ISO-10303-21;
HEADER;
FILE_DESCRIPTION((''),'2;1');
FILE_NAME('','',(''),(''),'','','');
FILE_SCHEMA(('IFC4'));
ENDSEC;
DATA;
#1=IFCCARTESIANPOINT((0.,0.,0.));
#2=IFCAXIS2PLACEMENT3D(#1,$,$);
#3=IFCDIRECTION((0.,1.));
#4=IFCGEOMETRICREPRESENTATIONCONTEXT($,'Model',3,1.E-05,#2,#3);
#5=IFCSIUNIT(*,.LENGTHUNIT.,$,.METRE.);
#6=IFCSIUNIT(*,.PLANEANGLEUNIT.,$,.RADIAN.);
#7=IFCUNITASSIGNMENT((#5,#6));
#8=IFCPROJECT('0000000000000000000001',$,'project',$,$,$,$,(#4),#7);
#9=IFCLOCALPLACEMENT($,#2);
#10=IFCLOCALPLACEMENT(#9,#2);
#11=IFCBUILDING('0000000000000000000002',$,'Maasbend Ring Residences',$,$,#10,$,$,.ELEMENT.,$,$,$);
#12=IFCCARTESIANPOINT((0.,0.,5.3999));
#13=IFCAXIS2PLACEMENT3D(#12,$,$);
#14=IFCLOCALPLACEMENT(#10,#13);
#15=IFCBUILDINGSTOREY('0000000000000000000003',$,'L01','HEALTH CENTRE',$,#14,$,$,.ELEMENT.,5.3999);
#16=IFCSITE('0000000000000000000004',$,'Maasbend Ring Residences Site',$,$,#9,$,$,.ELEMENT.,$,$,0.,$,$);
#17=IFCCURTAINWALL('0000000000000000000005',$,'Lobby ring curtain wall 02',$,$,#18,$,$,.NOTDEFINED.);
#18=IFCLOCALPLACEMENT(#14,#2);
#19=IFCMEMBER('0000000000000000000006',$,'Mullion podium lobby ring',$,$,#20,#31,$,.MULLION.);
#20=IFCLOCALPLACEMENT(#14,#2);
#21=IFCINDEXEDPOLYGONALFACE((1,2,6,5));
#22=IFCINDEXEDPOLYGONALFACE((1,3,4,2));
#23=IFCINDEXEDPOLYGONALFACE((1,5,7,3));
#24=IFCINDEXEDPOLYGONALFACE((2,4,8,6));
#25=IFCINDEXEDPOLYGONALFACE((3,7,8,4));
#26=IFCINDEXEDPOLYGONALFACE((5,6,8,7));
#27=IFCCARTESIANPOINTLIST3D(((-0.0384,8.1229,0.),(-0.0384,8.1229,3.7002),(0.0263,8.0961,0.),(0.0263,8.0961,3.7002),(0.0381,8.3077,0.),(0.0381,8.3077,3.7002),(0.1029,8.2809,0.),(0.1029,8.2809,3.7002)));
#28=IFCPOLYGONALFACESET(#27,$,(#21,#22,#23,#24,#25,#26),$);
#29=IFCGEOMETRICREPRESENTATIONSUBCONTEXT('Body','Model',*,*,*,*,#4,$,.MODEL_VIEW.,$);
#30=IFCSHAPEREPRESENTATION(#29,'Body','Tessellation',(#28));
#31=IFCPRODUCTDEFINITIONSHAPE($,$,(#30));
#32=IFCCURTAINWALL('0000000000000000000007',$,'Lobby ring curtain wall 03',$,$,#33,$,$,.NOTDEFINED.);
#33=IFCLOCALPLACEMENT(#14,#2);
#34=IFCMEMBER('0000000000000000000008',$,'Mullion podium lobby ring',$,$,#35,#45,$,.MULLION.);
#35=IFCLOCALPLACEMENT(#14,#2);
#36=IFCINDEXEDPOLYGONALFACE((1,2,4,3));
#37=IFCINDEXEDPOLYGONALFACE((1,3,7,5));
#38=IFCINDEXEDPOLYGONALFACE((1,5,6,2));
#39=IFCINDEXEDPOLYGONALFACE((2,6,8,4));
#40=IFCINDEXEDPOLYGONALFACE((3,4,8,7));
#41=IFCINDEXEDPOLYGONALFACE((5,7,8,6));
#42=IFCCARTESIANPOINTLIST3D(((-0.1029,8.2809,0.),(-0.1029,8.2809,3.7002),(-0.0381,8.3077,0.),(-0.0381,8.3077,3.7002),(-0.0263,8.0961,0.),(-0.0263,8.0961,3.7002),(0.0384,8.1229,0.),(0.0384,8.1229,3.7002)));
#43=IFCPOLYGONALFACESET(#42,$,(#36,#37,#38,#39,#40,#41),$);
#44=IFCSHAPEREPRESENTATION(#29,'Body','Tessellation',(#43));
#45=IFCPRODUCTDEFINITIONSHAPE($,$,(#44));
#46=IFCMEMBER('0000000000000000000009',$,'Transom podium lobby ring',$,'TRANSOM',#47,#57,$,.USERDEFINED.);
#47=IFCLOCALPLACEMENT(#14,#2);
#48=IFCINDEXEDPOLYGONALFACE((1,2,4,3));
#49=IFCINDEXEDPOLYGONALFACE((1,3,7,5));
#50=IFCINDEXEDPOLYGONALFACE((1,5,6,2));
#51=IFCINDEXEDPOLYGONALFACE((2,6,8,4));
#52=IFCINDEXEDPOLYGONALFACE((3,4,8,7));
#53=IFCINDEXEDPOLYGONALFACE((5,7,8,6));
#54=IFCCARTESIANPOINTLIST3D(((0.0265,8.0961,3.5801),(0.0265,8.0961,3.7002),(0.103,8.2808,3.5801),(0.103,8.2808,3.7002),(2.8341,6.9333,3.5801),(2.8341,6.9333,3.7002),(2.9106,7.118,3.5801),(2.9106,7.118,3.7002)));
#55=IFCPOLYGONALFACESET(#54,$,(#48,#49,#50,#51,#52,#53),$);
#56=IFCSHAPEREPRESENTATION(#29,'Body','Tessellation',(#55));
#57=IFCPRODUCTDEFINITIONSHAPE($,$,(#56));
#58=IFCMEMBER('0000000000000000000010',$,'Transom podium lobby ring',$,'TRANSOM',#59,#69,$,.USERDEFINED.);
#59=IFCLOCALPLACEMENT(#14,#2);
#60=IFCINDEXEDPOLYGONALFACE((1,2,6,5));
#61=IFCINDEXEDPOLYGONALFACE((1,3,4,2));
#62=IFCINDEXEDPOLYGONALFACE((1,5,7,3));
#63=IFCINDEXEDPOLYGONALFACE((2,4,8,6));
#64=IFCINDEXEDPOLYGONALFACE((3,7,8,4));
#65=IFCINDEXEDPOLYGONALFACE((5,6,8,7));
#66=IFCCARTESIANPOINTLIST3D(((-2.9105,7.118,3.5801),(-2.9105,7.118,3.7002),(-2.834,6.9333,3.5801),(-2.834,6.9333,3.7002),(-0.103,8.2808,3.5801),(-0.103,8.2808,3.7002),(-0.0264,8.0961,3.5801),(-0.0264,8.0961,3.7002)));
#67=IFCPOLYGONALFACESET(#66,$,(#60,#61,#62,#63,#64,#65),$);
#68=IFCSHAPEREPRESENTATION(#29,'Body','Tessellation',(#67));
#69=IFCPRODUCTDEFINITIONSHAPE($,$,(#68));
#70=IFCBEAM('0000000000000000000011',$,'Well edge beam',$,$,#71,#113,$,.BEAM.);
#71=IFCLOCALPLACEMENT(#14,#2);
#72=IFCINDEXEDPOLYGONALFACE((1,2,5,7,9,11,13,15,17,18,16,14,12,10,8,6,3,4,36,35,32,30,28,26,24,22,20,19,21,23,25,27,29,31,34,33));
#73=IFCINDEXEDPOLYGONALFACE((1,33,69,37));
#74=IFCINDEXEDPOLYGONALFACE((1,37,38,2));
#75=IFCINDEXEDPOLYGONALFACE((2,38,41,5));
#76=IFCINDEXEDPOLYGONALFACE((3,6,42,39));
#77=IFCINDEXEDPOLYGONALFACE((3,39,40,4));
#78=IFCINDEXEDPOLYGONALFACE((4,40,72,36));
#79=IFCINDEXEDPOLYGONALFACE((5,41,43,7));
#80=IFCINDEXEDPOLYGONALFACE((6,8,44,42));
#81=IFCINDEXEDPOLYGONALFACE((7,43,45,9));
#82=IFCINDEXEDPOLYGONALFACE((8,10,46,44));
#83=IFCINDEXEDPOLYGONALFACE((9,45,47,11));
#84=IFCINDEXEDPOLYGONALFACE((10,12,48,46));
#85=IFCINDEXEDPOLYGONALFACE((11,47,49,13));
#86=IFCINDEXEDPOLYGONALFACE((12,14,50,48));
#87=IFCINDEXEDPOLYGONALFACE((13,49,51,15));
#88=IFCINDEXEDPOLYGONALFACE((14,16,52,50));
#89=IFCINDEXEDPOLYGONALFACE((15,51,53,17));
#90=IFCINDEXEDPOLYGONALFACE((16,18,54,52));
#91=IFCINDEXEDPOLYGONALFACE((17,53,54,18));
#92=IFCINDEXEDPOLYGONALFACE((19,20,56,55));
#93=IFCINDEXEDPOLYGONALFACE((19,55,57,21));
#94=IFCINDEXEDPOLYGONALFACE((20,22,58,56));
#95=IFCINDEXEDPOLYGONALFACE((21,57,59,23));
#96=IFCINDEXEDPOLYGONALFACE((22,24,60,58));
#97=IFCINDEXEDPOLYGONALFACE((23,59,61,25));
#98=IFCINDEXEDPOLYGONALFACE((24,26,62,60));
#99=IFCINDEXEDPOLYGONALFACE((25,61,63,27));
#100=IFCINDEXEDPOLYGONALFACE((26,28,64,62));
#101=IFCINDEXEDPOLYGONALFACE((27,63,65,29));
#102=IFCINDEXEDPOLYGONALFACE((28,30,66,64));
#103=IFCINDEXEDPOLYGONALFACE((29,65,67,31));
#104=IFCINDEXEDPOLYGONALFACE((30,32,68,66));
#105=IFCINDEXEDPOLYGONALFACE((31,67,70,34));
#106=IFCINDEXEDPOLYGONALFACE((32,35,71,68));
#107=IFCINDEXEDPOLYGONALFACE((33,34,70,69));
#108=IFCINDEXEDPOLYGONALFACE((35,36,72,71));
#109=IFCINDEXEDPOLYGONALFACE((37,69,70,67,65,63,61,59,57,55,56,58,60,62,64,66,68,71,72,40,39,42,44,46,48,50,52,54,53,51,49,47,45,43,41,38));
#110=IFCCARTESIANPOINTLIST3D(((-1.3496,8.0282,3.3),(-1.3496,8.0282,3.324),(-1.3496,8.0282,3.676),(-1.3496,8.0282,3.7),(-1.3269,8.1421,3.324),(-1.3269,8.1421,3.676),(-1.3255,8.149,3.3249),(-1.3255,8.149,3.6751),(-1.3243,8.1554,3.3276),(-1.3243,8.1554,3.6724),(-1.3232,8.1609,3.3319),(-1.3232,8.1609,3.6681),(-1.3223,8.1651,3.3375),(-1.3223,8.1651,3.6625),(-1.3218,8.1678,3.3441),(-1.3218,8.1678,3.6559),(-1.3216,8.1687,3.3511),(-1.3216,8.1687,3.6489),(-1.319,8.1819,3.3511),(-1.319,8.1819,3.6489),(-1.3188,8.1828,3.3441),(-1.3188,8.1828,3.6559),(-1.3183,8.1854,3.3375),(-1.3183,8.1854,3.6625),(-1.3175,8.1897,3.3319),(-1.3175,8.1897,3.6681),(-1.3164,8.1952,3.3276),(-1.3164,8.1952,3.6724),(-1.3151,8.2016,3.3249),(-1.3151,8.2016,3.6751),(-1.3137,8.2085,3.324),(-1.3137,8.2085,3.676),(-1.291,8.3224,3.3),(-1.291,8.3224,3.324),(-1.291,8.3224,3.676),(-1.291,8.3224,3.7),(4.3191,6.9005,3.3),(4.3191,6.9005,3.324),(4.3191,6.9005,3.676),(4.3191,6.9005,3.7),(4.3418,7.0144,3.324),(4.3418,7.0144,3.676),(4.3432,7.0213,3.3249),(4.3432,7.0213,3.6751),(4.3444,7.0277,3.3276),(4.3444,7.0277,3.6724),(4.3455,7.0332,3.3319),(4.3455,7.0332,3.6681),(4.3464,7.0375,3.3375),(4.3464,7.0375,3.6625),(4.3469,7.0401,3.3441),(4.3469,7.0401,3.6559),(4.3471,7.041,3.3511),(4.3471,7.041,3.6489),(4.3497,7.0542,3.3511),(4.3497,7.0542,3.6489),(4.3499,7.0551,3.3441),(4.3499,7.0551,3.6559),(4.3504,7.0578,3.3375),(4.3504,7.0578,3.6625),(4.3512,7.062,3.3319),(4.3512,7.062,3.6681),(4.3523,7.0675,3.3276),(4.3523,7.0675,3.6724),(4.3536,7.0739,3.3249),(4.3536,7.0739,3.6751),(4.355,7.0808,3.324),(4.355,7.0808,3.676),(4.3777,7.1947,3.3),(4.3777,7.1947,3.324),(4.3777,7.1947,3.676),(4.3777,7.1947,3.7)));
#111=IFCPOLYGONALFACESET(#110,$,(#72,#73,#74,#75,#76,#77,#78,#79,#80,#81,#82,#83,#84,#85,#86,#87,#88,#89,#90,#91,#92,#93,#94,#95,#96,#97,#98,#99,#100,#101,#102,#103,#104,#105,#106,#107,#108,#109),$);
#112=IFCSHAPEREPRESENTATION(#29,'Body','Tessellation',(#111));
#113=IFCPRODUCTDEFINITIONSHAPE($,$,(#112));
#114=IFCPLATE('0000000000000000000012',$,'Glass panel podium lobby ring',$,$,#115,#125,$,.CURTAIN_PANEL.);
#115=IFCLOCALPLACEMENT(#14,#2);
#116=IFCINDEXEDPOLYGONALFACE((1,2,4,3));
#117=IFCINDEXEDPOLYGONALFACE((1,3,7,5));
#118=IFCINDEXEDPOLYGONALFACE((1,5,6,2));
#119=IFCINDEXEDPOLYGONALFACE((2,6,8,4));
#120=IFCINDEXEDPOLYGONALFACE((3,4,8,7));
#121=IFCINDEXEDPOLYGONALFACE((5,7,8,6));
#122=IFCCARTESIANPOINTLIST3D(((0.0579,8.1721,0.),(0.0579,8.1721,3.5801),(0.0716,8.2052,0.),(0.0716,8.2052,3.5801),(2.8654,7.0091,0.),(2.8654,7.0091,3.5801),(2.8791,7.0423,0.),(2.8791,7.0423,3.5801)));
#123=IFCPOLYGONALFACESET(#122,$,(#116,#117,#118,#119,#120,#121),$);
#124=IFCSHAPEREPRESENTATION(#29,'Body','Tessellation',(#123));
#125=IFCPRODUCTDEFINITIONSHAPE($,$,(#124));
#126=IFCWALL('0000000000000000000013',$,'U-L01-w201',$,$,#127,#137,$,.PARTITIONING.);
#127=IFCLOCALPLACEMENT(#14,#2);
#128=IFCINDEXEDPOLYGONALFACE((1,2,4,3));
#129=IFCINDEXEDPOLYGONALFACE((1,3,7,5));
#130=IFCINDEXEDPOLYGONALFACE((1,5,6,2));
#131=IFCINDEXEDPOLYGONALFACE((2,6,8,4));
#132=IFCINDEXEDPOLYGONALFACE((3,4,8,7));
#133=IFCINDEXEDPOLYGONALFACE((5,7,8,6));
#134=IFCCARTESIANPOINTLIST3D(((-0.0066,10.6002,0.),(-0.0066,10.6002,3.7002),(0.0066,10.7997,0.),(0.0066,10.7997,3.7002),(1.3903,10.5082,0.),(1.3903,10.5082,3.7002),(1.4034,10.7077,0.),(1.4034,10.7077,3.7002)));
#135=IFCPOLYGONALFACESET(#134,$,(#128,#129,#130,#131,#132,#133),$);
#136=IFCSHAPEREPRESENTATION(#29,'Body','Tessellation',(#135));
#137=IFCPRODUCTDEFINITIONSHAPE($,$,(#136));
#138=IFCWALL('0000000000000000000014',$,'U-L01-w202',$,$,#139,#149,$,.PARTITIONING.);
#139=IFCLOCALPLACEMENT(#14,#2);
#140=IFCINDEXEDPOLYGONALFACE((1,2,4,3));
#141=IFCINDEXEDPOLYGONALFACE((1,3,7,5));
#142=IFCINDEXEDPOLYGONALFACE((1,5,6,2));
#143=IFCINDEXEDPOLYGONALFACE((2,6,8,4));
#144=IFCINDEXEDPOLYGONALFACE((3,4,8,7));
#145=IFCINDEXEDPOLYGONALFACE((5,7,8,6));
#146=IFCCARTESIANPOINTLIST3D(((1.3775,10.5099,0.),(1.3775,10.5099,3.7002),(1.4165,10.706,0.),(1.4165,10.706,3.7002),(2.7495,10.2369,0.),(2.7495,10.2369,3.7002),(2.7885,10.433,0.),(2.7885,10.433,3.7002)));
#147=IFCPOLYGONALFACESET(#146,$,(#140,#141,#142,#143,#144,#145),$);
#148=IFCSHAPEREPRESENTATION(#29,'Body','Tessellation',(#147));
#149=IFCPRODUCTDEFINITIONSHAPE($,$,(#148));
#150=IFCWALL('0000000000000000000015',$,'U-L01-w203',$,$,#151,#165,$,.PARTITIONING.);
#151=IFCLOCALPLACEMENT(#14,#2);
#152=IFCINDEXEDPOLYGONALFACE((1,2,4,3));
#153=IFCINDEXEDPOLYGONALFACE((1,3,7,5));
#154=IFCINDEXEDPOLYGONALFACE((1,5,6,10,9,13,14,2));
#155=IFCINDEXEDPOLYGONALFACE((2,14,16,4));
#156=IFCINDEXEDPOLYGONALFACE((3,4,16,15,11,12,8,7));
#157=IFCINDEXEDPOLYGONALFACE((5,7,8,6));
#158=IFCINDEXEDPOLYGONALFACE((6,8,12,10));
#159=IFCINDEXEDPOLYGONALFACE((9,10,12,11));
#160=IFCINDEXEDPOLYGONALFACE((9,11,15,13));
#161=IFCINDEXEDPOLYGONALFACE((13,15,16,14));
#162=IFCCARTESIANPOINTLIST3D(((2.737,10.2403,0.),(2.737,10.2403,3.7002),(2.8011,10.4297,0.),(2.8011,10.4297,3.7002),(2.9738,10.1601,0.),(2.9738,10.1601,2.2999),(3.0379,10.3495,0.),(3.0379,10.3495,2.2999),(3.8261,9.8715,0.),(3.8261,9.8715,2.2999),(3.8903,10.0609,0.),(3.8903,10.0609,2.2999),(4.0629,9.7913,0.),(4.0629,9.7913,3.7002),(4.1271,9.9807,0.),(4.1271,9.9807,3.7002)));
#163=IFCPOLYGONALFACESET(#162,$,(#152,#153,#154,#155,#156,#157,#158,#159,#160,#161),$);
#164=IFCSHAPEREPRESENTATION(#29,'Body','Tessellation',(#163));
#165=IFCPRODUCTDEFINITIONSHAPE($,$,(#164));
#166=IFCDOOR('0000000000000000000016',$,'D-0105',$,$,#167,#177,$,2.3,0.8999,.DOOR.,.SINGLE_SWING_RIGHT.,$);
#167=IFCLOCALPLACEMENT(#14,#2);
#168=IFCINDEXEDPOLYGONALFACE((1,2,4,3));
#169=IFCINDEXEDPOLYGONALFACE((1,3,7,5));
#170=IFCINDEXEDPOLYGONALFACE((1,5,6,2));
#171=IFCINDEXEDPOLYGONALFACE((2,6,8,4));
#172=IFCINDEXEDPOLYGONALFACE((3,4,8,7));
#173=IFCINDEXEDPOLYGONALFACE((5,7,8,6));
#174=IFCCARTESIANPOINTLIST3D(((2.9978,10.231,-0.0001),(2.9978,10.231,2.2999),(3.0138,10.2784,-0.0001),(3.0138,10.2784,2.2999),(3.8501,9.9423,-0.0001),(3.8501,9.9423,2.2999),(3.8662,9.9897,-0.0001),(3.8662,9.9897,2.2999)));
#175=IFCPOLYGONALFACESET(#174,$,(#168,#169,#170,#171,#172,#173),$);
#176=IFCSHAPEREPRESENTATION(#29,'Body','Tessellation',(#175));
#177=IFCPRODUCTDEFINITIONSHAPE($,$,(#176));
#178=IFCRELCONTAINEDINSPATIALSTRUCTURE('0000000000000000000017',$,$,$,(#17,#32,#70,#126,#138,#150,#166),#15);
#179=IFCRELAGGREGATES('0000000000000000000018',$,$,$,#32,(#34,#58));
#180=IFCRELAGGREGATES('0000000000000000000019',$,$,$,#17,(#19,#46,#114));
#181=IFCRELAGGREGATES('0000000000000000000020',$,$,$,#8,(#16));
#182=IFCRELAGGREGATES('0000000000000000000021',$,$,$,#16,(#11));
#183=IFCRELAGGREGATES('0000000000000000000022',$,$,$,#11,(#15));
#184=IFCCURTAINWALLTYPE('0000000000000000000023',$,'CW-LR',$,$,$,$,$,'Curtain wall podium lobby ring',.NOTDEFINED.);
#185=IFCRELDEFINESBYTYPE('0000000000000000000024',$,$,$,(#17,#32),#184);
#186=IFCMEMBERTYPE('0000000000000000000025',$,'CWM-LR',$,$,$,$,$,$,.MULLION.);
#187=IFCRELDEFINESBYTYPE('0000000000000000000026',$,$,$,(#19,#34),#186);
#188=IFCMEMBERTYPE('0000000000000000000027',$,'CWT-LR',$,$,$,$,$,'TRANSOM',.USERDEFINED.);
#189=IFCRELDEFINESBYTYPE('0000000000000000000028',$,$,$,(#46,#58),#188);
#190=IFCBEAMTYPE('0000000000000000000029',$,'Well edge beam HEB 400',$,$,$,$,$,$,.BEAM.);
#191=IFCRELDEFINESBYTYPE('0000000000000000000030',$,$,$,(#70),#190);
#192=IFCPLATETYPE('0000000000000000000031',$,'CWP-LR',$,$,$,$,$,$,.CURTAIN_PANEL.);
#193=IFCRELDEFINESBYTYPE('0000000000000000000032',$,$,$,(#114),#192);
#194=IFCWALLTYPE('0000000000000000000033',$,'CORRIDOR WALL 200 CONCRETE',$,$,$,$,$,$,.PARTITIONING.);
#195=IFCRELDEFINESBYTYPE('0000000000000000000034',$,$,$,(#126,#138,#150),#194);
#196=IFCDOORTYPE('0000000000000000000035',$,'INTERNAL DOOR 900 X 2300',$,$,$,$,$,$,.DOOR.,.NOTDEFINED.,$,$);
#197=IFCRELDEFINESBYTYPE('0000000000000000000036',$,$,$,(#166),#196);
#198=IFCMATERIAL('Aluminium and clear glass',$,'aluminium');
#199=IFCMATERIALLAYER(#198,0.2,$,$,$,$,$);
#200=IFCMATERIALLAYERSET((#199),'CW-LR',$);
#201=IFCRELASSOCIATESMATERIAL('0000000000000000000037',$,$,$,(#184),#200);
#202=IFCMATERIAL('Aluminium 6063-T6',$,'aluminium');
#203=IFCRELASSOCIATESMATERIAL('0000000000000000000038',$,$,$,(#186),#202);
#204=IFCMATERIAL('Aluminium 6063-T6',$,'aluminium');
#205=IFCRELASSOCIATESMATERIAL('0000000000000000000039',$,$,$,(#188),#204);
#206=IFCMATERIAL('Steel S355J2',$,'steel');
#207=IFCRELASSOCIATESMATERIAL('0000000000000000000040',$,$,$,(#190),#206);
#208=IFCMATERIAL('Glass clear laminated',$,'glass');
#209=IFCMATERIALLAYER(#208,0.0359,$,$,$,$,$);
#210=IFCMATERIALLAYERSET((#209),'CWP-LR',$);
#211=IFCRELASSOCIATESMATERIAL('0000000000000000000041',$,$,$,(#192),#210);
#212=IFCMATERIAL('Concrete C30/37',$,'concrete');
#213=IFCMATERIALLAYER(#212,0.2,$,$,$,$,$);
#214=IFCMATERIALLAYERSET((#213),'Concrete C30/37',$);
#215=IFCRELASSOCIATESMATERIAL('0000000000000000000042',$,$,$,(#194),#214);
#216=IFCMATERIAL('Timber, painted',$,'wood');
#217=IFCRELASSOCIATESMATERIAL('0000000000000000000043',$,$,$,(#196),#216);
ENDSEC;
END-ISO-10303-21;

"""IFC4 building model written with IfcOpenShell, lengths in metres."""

from ifc_helpers import new_model, si_unit, direction, frame, frame_2d, origin, origin_2d, place, context, subcontext, project, spatial, rectangle, i_section, extrude, material, layer, layer_set, material_profile, profile_set, type_object, element, fill, aggregate, save


model = new_model("IFC4")

# Units and contexts
model_context = context("Model", 3, precision=1e-05, world=origin(), true_north=direction((0.0, 1.0)))
body_context = subcontext(model_context, "Body", "Model", "MODEL_VIEW")
ifc_project = project(units=[si_unit("LENGTHUNIT", "METRE"), si_unit("PLANEANGLEUNIT", "RADIAN")], contexts=[model_context])

# Site, building, storey
site_placement = place(None, origin())
site = spatial("IfcSite", under=ifc_project, at=site_placement, Name="Maasbend Ring Residences Site", CompositionType="ELEMENT", RefElevation=0.0)
building_placement = place(site_placement, origin())
building = spatial("IfcBuilding", under=site, at=building_placement, Name="Maasbend Ring Residences", CompositionType="ELEMENT")
storey_placement = place(building_placement, frame((0.0, 0.0, 5.3999)))
storey = spatial("IfcBuildingStorey", under=building, at=storey_placement, Name="L01", Description="HEALTH CENTRE", CompositionType="ELEMENT", Elevation=5.3999)

# Curtain walls, members
ifc_material_1 = material(Name="Aluminium and clear glass", Category="aluminium")
ifc_layer_1 = layer(ifc_material_1, 0.2)
ifc_layer_set_1 = layer_set([ifc_layer_1], Name="CW-LR")
curtain_wall_type = type_object("IfcCurtainWallType", Name="CW-LR", ElementType="Curtain wall podium lobby ring", PredefinedType="NOTDEFINED", material=ifc_layer_set_1)
curtain_wall_1_placement = place(storey_placement, origin())
curtain_wall_1 = element("IfcCurtainWall", 1, at=curtain_wall_1_placement, inside=storey, type_object=curtain_wall_type, Name="Lobby ring curtain wall 02", PredefinedType="NOTDEFINED")
ifc_material_2 = material(Name="Aluminium 6063-T6", Category="aluminium")
ifc_material_profile_1 = material_profile(ifc_material_2, rectangle(XDim=0.2, YDim=0.0701, at=origin_2d()), Name="AL 200x70")
ifc_profile_set_1 = profile_set([ifc_material_profile_1], Name="Aluminium 6063-T6")
member_type_1 = type_object("IfcMemberType", Name="CWM-LR", PredefinedType="MULLION", material=ifc_profile_set_1)
member_1_placement = place(storey_placement, frame((0.0322, 8.2019, 0.0), z_axis=(0.0, 0.0, 1.0), x_axis=(-0.382683, -0.92388, 0.0)))
member_1 = element("IfcMember", 2, at=member_1_placement, type_object=member_type_1, Name="Mullion podium lobby ring", PredefinedType="MULLION", context=body_context, shape_type="SweptSolid", body=[
    extrude(rectangle(XDim=0.2, YDim=0.0701, at=origin_2d()), origin(), (0.0, 0.0, 1.0), 3.7002),
])
curtain_wall_2_placement = place(storey_placement, origin())
curtain_wall_2 = element("IfcCurtainWall", 3, at=curtain_wall_2_placement, inside=storey, type_object=curtain_wall_type, Name="Lobby ring curtain wall 03", PredefinedType="NOTDEFINED")
member_2_placement = place(storey_placement, frame((-0.0322, 8.2019, 0.0), z_axis=(0.0, 0.0, 1.0), x_axis=(0.382683, -0.92388, 0.0)))
member_2 = element("IfcMember", 4, at=member_2_placement, type_object=member_type_1, Name="Mullion podium lobby ring", PredefinedType="MULLION", context=body_context, shape_type="SweptSolid", body=[
    extrude(rectangle(XDim=0.2, YDim=0.0701, at=origin_2d()), origin(), (0.0, 0.0, 1.0), 3.7002),
])

# Members
ifc_material_3 = material(Name="Aluminium 6063-T6", Category="aluminium")
ifc_material_profile_2 = material_profile(ifc_material_3, rectangle(XDim=0.2, YDim=0.1201, at=origin_2d()), Name="AL 200x120")
ifc_profile_set_2 = profile_set([ifc_material_profile_2], Name="Aluminium 6063-T6")
member_type_2 = type_object("IfcMemberType", Name="CWT-LR", ElementType="TRANSOM", PredefinedType="USERDEFINED", material=ifc_profile_set_2)
member_3_placement = place(storey_placement, frame((2.8723, 7.0256, 3.6401), z_axis=(-0.923892, 0.382652, 0.0), x_axis=(-0.382652, -0.923892, 0.0)))
member_3 = element("IfcMember", 5, at=member_3_placement, type_object=member_type_2, Name="Transom podium lobby ring", ObjectType="TRANSOM", PredefinedType="USERDEFINED", context=body_context, shape_type="SweptSolid", body=[
    extrude(rectangle(XDim=0.2, YDim=0.1201, at=origin_2d()), origin(), (0.0, 0.0, 1.0), 3.0388),
])
member_4_placement = place(storey_placement, frame((-0.0647, 8.1885, 3.6401), z_axis=(-0.923892, -0.382652, 0.0), x_axis=(0.382652, -0.923892, 0.0)))
member_4 = element("IfcMember", 6, at=member_4_placement, type_object=member_type_2, Name="Transom podium lobby ring", ObjectType="TRANSOM", PredefinedType="USERDEFINED", context=body_context, shape_type="SweptSolid", body=[
    extrude(rectangle(XDim=0.2, YDim=0.1201, at=origin_2d()), origin(), (0.0, 0.0, 1.0), 3.0388),
])
aggregate(curtain_wall_2, [member_2, member_4])

# Beam
ifc_material_4 = material(Name="Steel S355J2", Category="steel")
ifc_material_profile_3 = material_profile(ifc_material_4, i_section(OverallWidth=0.3, OverallDepth=0.3999, WebThickness=0.0134, FlangeThickness=0.0239, FilletRadius=0.0271, at=origin_2d()), Name="HEB 400")
ifc_profile_set_3 = profile_set([ifc_material_profile_3], Name="Steel S355J2")
beam_type = type_object("IfcBeamType", Name="Well edge beam HEB 400", PredefinedType="BEAM", material=ifc_profile_set_3)
beam_placement = place(storey_placement, frame((4.3484, 7.0476, 3.5), z_axis=(-0.980782, 0.195109, 0.0), x_axis=(-0.195109, -0.980782, 0.0)))
element("IfcBeam", 7, at=beam_placement, inside=storey, type_object=beam_type, Name="Well edge beam", PredefinedType="BEAM", context=body_context, shape_type="SweptSolid", body=[
    extrude(i_section(OverallWidth=0.3, OverallDepth=0.3999, WebThickness=0.0134, FlangeThickness=0.0239, FilletRadius=0.0271, at=origin_2d()), origin(), (0.0, 0.0, 1.0), 5.7798),
])

# Plate
ifc_material_5 = material(Name="Glass clear laminated", Category="glass")
ifc_layer_2 = layer(ifc_material_5, 0.0359)
ifc_layer_set_2 = layer_set([ifc_layer_2], Name="CWP-LR")
plate_type = type_object("IfcPlateType", Name="CWP-LR", PredefinedType="CURTAIN_PANEL", material=ifc_layer_set_2)
plate_placement = place(storey_placement, frame((1.4685, 7.6072, 0.0), z_axis=(0.0, 0.0, 1.0), x_axis=(-0.92388, 0.382683, 0.0)))
plate = element("IfcPlate", 8, at=plate_placement, type_object=plate_type, Name="Glass panel podium lobby ring", PredefinedType="CURTAIN_PANEL", context=body_context, shape_type="SweptSolid", body=[
    extrude(rectangle(XDim=3.0388, YDim=0.0359, at=origin_2d()), origin(), (0.0, 0.0, 1.0), 3.5801),
])
aggregate(curtain_wall_1, [member_1, member_3, plate])

# Walls
ifc_material_6 = material(Name="Concrete C30/37", Category="concrete")
ifc_layer_3 = layer(ifc_material_6, 0.2)
ifc_layer_set_3 = layer_set([ifc_layer_3], Name="Concrete C30/37")
wall_type_1 = type_object("IfcWallType", Name="CORRIDOR WALL 200 CONCRETE", PredefinedType="PARTITIONING", material=ifc_layer_set_3)
wall_1_placement = place(storey_placement, frame((0.0, 10.7, 0.0), z_axis=(0.0, 0.0, 1.0), x_axis=(0.997837, -0.065744, 0.0)))
element("IfcWall", 9, at=wall_1_placement, inside=storey, type_object=wall_type_1, Name="U-L01-w201", PredefinedType="PARTITIONING", context=body_context, shape_type="SweptSolid", body=[
    extrude(rectangle(XDim=1.3999, YDim=0.2, at=frame_2d((0.7, 0.0))), origin(), (0.0, 0.0, 1.0), 3.7002),
])
wall_2_placement = place(storey_placement, frame((1.397, 10.6079, 0.0), z_axis=(0.0, 0.0, 1.0), x_axis=(0.980782, -0.195109, 0.0)))
element("IfcWall", 10, at=wall_2_placement, inside=storey, type_object=wall_type_1, Name="U-L01-w202", PredefinedType="PARTITIONING", context=body_context, shape_type="SweptSolid", body=[
    extrude(rectangle(XDim=1.3989, YDim=0.2, at=frame_2d((0.6995, 0.0))), origin(), (0.0, 0.0, 1.0), 3.7002),
])

# Wall, opening, door
wall_3_placement = place(storey_placement, frame((2.769, 10.335, 0.0), z_axis=(0.0, 0.0, 1.0), x_axis=(0.947173, -0.320724, 0.0)))
wall_3 = element("IfcWall", 11, at=wall_3_placement, inside=storey, type_object=wall_type_1, Name="U-L01-w203", PredefinedType="PARTITIONING", context=body_context, shape_type="SweptSolid", body=[
    extrude(rectangle(XDim=1.3999, YDim=0.2, at=frame_2d((0.7, 0.0))), origin(), (0.0, 0.0, 1.0), 3.7002),
])
opening_1_placement = place(wall_3_placement, frame((0.25, 0.0, 0.0)))
opening_1 = element("IfcOpeningElement", 12, at=opening_1_placement, cuts=wall_3, PredefinedType="OPENING", context=body_context, shape_type="SweptSolid", body=[
    extrude(rectangle(XDim=0.8999, YDim=2.3, at=frame_2d((0.45, 1.1499))), frame((0.0, 0.1099, 0.0), z_axis=(0.0, -1.0, 0.0), x_axis=(1.0, 0.0, 0.0)), (0.0, 0.0, 1.0), 0.22),
])
ifc_material_7 = material(Name="Timber, painted", Category="wood")
door_type_1 = type_object("IfcDoorType", Name="INTERNAL DOOR 900 X 2300", OperationType="NOTDEFINED", PredefinedType="DOOR", material=ifc_material_7)
door_1_placement = place(opening_1_placement, origin())
door_1 = element("IfcDoor", 13, at=door_1_placement, inside=storey, type_object=door_type_1, Name="D-0105", OperationType="SINGLE_SWING_RIGHT", OverallHeight=2.3, OverallWidth=0.8999, PredefinedType="DOOR", context=body_context, shape_type="SweptSolid", body=[
    extrude(rectangle(XDim=0.8999, YDim=2.3, at=frame_2d((0.45, 1.1499))), frame((0.0, 0.0249, 0.0), z_axis=(0.0, -1.0, 0.0), x_axis=(1.0, 0.0, 0.0)), (0.0, 0.0, 1.0), 0.05),
])
fill(opening_1, door_1)

save(model, "model.ifc")
